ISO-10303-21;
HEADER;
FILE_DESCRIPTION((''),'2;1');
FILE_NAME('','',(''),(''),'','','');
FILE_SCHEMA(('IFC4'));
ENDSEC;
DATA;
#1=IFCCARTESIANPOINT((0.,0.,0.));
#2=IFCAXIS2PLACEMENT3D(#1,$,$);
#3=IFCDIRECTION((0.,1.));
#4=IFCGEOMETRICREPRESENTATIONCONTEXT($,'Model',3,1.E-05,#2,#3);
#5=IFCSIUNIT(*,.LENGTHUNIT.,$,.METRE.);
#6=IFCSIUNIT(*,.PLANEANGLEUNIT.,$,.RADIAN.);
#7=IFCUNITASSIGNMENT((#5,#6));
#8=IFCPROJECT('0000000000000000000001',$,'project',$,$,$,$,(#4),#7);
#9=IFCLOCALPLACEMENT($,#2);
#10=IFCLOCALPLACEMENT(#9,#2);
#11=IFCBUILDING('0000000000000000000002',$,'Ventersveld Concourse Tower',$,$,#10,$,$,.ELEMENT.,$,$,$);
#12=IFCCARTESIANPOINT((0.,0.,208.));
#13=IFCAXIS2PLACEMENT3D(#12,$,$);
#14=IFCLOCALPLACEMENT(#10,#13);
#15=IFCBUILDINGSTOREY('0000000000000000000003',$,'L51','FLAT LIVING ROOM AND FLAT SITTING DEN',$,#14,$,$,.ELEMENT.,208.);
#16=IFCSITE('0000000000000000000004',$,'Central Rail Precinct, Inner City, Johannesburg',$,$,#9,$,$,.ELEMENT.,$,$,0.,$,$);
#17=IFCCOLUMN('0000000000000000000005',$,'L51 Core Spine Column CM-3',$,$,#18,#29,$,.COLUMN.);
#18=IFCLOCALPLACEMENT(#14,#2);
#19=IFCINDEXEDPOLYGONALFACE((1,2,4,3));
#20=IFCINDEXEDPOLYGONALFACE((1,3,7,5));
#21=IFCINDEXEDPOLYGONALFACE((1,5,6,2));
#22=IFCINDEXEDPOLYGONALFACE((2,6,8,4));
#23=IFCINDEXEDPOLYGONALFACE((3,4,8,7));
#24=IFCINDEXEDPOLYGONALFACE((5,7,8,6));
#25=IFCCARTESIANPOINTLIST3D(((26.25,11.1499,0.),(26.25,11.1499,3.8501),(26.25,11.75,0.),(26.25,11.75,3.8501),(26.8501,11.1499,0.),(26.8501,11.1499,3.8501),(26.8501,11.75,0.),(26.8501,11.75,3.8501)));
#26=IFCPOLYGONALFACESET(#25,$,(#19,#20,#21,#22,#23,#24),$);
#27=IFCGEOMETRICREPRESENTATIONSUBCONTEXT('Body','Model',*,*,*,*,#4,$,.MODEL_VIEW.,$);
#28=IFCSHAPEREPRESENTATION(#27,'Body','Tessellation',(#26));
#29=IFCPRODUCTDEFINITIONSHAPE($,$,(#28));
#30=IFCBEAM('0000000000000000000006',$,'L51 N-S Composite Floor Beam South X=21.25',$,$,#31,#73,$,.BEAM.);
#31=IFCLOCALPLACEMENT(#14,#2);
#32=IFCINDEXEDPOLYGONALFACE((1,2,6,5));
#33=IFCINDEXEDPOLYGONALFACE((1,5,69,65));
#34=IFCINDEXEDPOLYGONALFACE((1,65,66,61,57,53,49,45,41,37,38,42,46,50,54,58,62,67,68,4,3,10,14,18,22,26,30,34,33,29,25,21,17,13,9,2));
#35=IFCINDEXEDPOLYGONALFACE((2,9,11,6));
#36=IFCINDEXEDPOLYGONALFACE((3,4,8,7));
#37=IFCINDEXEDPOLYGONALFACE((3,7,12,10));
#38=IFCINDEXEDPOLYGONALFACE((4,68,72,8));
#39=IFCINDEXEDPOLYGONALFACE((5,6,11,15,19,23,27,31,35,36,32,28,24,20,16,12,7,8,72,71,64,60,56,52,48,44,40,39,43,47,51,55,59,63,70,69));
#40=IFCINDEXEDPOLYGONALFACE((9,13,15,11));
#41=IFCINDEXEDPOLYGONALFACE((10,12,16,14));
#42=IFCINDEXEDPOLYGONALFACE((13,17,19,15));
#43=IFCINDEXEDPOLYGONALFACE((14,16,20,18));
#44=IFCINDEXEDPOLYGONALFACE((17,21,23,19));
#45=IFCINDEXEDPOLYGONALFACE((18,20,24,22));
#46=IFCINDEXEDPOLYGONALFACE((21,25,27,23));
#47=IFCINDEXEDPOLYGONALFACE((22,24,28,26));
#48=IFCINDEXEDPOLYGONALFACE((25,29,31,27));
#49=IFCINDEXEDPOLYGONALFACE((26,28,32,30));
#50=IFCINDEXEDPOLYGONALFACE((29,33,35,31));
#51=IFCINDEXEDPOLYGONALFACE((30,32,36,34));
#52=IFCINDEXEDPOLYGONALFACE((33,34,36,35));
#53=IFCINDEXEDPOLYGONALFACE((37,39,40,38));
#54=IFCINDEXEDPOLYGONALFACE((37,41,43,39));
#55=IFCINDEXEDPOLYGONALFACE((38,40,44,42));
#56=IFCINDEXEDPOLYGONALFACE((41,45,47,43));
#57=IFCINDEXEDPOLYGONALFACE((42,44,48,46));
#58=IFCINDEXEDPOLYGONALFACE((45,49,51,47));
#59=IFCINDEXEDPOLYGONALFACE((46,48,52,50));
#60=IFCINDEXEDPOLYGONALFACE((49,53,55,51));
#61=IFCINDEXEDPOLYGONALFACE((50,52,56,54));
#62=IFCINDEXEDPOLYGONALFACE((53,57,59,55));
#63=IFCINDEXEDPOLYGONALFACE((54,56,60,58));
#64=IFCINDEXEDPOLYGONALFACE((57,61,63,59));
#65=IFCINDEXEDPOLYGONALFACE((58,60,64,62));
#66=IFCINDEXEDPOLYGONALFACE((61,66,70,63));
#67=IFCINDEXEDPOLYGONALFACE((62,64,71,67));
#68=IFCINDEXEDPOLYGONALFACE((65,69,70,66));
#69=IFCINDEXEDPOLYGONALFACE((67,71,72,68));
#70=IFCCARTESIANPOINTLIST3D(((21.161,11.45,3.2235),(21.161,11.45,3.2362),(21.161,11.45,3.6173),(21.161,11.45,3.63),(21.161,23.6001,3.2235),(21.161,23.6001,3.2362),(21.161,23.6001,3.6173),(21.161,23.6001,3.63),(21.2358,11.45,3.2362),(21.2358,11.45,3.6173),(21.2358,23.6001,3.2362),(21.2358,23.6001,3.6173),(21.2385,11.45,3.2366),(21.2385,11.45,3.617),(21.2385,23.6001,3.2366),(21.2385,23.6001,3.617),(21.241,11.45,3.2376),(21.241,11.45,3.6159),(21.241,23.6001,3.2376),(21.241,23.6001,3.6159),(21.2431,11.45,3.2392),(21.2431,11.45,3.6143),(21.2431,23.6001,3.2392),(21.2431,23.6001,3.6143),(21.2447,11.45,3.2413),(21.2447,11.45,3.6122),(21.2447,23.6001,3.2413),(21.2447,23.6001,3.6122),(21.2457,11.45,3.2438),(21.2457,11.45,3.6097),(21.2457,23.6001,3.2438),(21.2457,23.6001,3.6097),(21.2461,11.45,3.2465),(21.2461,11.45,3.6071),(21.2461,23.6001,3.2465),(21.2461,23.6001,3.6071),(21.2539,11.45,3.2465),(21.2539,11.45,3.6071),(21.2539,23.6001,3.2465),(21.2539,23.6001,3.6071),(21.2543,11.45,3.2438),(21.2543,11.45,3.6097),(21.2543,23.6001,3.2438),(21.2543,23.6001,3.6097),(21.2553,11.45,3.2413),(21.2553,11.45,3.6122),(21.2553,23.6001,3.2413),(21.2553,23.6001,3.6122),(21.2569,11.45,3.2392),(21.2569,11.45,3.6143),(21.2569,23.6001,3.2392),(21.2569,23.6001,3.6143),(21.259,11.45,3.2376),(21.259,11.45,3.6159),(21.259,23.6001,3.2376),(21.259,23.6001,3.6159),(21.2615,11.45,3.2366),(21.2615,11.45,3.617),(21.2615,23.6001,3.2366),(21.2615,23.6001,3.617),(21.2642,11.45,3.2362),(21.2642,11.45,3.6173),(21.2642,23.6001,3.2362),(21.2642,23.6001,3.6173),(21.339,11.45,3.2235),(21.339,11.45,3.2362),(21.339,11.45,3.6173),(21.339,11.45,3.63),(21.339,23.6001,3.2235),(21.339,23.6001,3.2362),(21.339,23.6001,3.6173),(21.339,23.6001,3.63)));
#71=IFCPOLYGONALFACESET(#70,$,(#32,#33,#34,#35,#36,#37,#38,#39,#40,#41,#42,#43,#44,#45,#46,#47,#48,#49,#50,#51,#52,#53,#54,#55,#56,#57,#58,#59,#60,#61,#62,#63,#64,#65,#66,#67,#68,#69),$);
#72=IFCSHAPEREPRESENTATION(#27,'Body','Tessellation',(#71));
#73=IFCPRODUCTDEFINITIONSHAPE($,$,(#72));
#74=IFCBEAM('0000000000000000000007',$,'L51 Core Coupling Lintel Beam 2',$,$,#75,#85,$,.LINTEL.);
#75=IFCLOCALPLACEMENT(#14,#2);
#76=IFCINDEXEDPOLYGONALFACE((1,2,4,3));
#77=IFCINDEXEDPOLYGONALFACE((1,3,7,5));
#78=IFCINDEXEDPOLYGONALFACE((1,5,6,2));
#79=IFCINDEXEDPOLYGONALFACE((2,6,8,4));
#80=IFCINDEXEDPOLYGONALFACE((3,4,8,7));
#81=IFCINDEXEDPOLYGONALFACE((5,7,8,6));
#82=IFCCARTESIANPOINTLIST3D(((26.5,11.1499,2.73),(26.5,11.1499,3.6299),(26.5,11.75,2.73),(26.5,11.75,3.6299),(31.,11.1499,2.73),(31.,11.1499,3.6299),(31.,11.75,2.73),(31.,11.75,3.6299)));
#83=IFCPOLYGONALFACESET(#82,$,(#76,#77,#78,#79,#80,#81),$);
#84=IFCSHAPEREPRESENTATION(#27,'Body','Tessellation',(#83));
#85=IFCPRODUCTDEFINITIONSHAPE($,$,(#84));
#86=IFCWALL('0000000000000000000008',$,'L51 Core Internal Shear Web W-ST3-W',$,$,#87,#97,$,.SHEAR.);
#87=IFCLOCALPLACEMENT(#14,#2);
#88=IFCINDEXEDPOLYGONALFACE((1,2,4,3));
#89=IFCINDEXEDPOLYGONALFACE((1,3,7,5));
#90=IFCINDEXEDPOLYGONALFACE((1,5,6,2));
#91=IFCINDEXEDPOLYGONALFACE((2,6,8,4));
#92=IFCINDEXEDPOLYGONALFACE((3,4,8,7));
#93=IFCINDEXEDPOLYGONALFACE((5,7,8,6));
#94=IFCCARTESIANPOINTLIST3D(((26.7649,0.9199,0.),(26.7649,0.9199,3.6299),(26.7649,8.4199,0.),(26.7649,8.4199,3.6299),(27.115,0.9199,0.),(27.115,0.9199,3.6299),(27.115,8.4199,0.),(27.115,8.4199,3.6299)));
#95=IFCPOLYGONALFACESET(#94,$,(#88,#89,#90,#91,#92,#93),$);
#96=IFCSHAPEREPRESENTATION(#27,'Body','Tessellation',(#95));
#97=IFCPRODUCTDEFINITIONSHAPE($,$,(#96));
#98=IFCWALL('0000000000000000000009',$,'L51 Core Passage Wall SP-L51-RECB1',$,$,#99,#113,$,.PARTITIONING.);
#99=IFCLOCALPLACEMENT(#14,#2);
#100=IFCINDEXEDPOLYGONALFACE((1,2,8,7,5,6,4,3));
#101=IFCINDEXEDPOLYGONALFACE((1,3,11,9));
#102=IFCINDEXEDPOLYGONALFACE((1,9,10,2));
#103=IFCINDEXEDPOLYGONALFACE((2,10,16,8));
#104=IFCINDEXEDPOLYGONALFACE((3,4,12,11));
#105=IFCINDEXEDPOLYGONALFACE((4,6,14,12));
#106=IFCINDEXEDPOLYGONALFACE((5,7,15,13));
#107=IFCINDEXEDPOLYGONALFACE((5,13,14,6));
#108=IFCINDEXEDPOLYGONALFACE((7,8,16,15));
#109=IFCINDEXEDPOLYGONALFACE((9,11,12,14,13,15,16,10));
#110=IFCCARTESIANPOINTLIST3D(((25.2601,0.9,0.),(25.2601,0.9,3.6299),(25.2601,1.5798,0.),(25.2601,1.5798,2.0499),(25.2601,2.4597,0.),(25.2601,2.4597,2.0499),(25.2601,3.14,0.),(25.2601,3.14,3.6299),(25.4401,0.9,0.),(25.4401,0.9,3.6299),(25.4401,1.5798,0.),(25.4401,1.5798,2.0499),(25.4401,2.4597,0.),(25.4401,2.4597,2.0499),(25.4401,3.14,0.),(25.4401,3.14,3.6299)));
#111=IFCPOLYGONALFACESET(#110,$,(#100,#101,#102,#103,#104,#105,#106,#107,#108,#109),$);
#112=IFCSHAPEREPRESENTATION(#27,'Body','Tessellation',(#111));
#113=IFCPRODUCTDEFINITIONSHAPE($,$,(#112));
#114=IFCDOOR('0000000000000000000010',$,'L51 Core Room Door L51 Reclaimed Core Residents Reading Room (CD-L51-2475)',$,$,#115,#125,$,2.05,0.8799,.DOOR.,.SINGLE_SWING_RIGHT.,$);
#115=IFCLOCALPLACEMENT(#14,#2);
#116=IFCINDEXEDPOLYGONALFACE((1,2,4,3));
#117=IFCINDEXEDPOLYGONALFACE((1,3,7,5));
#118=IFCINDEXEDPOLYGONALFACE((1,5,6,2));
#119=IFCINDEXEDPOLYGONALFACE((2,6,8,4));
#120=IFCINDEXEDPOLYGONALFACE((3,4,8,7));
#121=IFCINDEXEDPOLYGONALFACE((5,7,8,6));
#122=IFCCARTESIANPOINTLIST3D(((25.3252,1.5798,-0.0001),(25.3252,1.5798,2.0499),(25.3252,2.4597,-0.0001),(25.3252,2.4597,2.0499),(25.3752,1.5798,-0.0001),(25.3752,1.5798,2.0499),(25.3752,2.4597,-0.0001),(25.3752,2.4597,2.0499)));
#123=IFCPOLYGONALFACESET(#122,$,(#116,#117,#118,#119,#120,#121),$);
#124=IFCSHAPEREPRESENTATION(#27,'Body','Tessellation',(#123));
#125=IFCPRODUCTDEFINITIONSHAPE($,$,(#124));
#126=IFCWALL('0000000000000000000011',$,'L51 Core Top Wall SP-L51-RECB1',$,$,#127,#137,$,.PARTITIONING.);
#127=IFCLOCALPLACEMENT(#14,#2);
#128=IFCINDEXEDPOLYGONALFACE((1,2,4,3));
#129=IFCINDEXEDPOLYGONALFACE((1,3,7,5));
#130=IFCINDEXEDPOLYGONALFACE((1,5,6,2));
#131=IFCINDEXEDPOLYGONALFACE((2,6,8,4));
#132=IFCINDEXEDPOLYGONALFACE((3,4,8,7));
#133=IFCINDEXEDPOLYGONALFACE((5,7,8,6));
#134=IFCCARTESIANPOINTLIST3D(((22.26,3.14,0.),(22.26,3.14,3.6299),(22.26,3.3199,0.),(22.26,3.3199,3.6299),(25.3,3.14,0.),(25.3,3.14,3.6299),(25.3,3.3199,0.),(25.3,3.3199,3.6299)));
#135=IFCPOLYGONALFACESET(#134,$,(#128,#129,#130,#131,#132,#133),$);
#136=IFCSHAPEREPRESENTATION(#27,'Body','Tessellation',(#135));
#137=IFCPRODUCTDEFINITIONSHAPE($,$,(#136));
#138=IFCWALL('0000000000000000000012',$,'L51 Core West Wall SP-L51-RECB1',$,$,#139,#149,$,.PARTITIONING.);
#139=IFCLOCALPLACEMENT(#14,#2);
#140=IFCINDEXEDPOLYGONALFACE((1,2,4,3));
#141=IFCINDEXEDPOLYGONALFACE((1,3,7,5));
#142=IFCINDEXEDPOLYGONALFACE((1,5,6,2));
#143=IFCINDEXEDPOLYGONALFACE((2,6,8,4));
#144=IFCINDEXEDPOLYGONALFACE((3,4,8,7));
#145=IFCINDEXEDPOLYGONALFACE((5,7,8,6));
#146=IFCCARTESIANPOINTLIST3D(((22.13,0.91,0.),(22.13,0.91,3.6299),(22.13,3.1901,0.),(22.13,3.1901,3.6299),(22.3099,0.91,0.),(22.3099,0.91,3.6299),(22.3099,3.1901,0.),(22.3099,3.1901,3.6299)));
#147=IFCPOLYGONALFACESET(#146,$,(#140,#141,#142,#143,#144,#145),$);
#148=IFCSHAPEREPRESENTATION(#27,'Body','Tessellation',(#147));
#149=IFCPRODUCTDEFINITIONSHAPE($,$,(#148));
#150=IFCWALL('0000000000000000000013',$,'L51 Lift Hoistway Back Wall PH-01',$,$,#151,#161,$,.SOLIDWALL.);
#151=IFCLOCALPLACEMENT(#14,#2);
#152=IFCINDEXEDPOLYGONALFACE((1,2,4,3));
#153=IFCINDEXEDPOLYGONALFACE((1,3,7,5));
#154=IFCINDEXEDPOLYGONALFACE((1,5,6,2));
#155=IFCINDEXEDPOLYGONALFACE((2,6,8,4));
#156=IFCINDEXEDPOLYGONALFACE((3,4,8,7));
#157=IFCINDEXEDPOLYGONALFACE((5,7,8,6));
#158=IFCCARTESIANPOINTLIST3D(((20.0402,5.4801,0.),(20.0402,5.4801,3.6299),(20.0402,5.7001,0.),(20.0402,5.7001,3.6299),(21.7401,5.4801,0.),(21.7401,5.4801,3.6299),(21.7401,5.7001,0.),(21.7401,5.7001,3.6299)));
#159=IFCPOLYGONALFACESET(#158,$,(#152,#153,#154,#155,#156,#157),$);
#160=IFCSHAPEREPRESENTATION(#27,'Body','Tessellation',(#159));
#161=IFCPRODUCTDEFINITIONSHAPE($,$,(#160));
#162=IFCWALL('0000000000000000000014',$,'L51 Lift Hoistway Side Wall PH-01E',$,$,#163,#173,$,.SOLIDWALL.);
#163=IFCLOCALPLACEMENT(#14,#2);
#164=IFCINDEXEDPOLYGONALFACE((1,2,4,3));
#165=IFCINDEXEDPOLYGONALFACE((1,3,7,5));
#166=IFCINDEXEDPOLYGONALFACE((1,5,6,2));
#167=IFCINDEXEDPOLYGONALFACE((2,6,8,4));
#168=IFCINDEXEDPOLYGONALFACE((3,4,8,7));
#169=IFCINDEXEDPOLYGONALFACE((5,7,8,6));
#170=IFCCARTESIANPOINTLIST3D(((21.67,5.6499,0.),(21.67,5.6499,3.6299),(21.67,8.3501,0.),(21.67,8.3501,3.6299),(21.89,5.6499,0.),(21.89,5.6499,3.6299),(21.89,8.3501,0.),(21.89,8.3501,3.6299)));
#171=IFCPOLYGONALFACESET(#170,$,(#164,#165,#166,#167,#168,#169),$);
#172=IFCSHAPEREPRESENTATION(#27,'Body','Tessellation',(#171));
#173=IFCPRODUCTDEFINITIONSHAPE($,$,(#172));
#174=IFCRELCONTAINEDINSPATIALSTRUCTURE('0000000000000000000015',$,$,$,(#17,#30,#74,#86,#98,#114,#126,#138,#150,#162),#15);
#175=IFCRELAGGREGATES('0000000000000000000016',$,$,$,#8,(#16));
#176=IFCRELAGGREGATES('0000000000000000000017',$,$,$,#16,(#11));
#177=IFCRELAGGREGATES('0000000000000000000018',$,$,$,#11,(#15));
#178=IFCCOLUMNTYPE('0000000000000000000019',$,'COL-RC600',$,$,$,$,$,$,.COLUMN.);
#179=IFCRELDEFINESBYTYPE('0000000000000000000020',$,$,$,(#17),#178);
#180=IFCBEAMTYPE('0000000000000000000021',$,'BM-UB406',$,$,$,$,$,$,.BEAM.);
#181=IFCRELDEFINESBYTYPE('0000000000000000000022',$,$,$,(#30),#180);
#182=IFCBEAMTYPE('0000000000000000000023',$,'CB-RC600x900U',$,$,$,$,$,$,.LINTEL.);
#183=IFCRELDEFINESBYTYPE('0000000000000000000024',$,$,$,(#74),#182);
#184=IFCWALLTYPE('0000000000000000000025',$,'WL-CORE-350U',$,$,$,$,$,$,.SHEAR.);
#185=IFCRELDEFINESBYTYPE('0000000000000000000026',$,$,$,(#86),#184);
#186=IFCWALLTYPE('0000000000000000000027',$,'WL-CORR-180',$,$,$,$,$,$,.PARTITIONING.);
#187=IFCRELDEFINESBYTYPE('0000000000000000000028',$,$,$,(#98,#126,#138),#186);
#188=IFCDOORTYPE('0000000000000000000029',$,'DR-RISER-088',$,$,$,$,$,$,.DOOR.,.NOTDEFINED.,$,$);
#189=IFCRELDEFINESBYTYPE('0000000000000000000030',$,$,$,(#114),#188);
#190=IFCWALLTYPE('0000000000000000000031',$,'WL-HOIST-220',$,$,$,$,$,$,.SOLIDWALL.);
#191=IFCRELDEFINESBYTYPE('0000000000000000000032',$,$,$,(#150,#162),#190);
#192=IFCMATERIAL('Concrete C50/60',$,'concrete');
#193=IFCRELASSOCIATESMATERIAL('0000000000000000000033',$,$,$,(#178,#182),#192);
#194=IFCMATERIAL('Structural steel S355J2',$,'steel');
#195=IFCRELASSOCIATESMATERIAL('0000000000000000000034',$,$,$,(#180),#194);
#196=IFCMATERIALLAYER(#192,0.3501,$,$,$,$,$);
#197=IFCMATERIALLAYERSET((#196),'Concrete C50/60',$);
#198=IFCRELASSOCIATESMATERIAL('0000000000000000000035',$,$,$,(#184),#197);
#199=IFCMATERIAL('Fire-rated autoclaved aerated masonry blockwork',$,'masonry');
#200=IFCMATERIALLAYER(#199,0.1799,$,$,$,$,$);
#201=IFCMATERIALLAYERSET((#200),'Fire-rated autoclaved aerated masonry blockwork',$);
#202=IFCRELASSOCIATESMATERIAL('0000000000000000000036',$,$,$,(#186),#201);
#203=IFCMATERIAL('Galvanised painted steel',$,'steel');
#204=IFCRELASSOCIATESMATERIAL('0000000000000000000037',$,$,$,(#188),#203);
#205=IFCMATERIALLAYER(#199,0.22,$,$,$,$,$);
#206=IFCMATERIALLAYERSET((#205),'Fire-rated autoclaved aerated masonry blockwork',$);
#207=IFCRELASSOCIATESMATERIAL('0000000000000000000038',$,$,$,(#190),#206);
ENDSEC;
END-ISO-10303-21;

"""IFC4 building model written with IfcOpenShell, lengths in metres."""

from ifc_helpers import new_model, si_unit, direction, frame, frame_2d, origin, origin_2d, place, context, subcontext, project, spatial, rectangle, i_section, extrude, material, layer, layer_set, material_profile, profile_set, type_object, element, fill, save


model = new_model("IFC4")

# Units and contexts
model_context = context("Model", 3, precision=1e-05, world=origin(), true_north=direction((0.0, 1.0)))
body_context = subcontext(model_context, "Body", "Model", "MODEL_VIEW")
ifc_project = project(units=[si_unit("LENGTHUNIT", "METRE"), si_unit("PLANEANGLEUNIT", "RADIAN")], contexts=[model_context])

# Site, building, storey
site_placement = place(None, origin())
site = spatial("IfcSite", under=ifc_project, at=site_placement, Name="Central Rail Precinct, Inner City, Johannesburg", CompositionType="ELEMENT", RefElevation=0.0)
building_placement = place(site_placement, origin())
building = spatial("IfcBuilding", under=site, at=building_placement, Name="Ventersveld Concourse Tower", CompositionType="ELEMENT")
storey_placement = place(building_placement, frame((0.0, 0.0, 208.0)))
storey = spatial("IfcBuildingStorey", under=building, at=storey_placement, Name="L51", Description="FLAT LIVING ROOM AND FLAT SITTING DEN", CompositionType="ELEMENT", Elevation=208.0)

# Column
ifc_material_1 = material(Name="Concrete C50/60", Category="concrete")
ifc_material_profile_1 = material_profile(ifc_material_1, rectangle(XDim=0.6001, YDim=0.6001, at=origin_2d()), Name="RC 600x600")
ifc_profile_set_1 = profile_set([ifc_material_profile_1], Name="Concrete C50/60")
column_type = type_object("IfcColumnType", Name="COL-RC600", PredefinedType="COLUMN", material=ifc_profile_set_1)
column_placement = place(storey_placement, frame((26.55, 11.45, 0.0), z_axis=(0.0, 0.0, 1.0), x_axis=(1.0, 0.0, 0.0)))
element("IfcColumn", 1, at=column_placement, inside=storey, type_object=column_type, Name="L51 Core Spine Column CM-3", PredefinedType="COLUMN", context=body_context, shape_type="SweptSolid", body=[
    extrude(rectangle(XDim=0.6001, YDim=0.6001, at=origin_2d()), origin(), (0.0, 0.0, 1.0), 3.8501),
])

# Beams
ifc_material_2 = material(Name="Structural steel S355J2", Category="steel")
ifc_material_profile_2 = material_profile(ifc_material_2, i_section(OverallWidth=0.178, OverallDepth=0.4065, WebThickness=0.0078, FlangeThickness=0.0127, FilletRadius=0.0103, at=origin_2d()), Name="UB 406x178x60")
ifc_profile_set_2 = profile_set([ifc_material_profile_2], Name="Structural steel S355J2")
beam_type_1 = type_object("IfcBeamType", Name="BM-UB406", PredefinedType="BEAM", material=ifc_profile_set_2)
beam_1_placement = place(storey_placement, frame((21.25, 11.45, 3.4268), z_axis=(0.0, 1.0, 0.0), x_axis=(-1.0, 0.0, 0.0)))
element("IfcBeam", 2, at=beam_1_placement, inside=storey, type_object=beam_type_1, Name="L51 N-S Composite Floor Beam South X=21.25", PredefinedType="BEAM", context=body_context, shape_type="SweptSolid", body=[
    extrude(i_section(OverallWidth=0.178, OverallDepth=0.4065, WebThickness=0.0078, FlangeThickness=0.0127, FilletRadius=0.0103, at=origin_2d()), origin(), (0.0, 0.0, 1.0), 12.1501),
])
ifc_material_profile_3 = material_profile(ifc_material_1, rectangle(XDim=0.6001, YDim=0.8999, at=origin_2d()), Name="RC 600x900")
ifc_profile_set_3 = profile_set([ifc_material_profile_3], Name="Concrete C50/60")
beam_type_2 = type_object("IfcBeamType", Name="CB-RC600x900U", PredefinedType="LINTEL", material=ifc_profile_set_3)
beam_2_placement = place(storey_placement, frame((26.5, 11.45, 3.1799), z_axis=(1.0, 0.0, 0.0), x_axis=(0.0, 1.0, 0.0)))
element("IfcBeam", 3, at=beam_2_placement, inside=storey, type_object=beam_type_2, Name="L51 Core Coupling Lintel Beam 2", PredefinedType="LINTEL", context=body_context, shape_type="SweptSolid", body=[
    extrude(rectangle(XDim=0.6001, YDim=0.8999, at=origin_2d()), origin(), (0.0, 0.0, 1.0), 4.5),
])

# Wall
ifc_layer_1 = layer(ifc_material_1, 0.3501)
ifc_layer_set_1 = layer_set([ifc_layer_1], Name="Concrete C50/60")
wall_type_1 = type_object("IfcWallType", Name="WL-CORE-350U", PredefinedType="SHEAR", material=ifc_layer_set_1)
wall_1_placement = place(storey_placement, frame((26.9399, 0.9199, 0.0), z_axis=(0.0, 0.0, 1.0), x_axis=(0.0, 1.0, 0.0)))
element("IfcWall", 4, at=wall_1_placement, inside=storey, type_object=wall_type_1, Name="L51 Core Internal Shear Web W-ST3-W", PredefinedType="SHEAR", context=body_context, shape_type="SweptSolid", body=[
    extrude(rectangle(XDim=7.5, YDim=0.3501, at=frame_2d((3.75, 0.0))), origin(), (0.0, 0.0, 1.0), 3.6299),
])

# Wall, opening, door
ifc_material_3 = material(Name="Fire-rated autoclaved aerated masonry blockwork", Category="masonry")
ifc_layer_2 = layer(ifc_material_3, 0.1799)
ifc_layer_set_2 = layer_set([ifc_layer_2], Name="Fire-rated autoclaved aerated masonry blockwork")
wall_type_2 = type_object("IfcWallType", Name="WL-CORR-180", PredefinedType="PARTITIONING", material=ifc_layer_set_2)
wall_2_placement = place(storey_placement, frame((25.3501, 0.8999, 0.0), z_axis=(0.0, 0.0, 1.0), x_axis=(0.0, 1.0, 0.0)))
wall_2 = element("IfcWall", 5, at=wall_2_placement, inside=storey, type_object=wall_type_2, Name="L51 Core Passage Wall SP-L51-RECB1", PredefinedType="PARTITIONING", context=body_context, shape_type="SweptSolid", body=[
    extrude(rectangle(XDim=2.24, YDim=0.1799, at=frame_2d((1.1201, 0.0))), origin(), (0.0, 0.0, 1.0), 3.6299),
])
opening_1_placement = place(wall_2_placement, frame((0.6799, 0.0, 0.0)))
opening_1 = element("IfcOpeningElement", 6, at=opening_1_placement, cuts=wall_2, PredefinedType="OPENING", context=body_context, shape_type="SweptSolid", body=[
    extrude(rectangle(XDim=0.8799, YDim=2.05, at=frame_2d((0.4399, 1.0249))), frame((0.0, 0.1001, 0.0), z_axis=(0.0, -1.0, 0.0), x_axis=(1.0, 0.0, 0.0)), (0.0, 0.0, 1.0), 0.2),
])
ifc_material_4 = material(Name="Galvanised painted steel", Category="steel")
door_type_1 = type_object("IfcDoorType", Name="DR-RISER-088", OperationType="NOTDEFINED", PredefinedType="DOOR", material=ifc_material_4)
door_1_placement = place(opening_1_placement, origin())
door_1 = element("IfcDoor", 7, at=door_1_placement, inside=storey, type_object=door_type_1, Name="L51 Core Room Door L51 Reclaimed Core Residents Reading Room (CD-L51-2475)", OperationType="SINGLE_SWING_RIGHT", OverallHeight=2.05, OverallWidth=0.8799, PredefinedType="DOOR", context=body_context, shape_type="SweptSolid", body=[
    extrude(rectangle(XDim=0.8799, YDim=2.05, at=frame_2d((0.4399, 1.0249))), frame((0.0, 0.0249, 0.0), z_axis=(0.0, -1.0, 0.0), x_axis=(1.0, 0.0, 0.0)), (0.0, 0.0, 1.0), 0.05),
])
fill(opening_1, door_1)

# Walls
wall_3_placement = place(storey_placement, frame((22.26, 3.23, 0.0), z_axis=(0.0, 0.0, 1.0), x_axis=(1.0, 0.0, 0.0)))
element("IfcWall", 8, at=wall_3_placement, inside=storey, type_object=wall_type_2, Name="L51 Core Top Wall SP-L51-RECB1", PredefinedType="PARTITIONING", context=body_context, shape_type="SweptSolid", body=[
    extrude(rectangle(XDim=3.04, YDim=0.1799, at=frame_2d((1.52, 0.0))), origin(), (0.0, 0.0, 1.0), 3.6299),
])
wall_4_placement = place(storey_placement, frame((22.22, 0.9099, 0.0), z_axis=(0.0, 0.0, 1.0), x_axis=(0.0, 1.0, 0.0)))
element("IfcWall", 9, at=wall_4_placement, inside=storey, type_object=wall_type_2, Name="L51 Core West Wall SP-L51-RECB1", PredefinedType="PARTITIONING", context=body_context, shape_type="SweptSolid", body=[
    extrude(rectangle(XDim=2.28, YDim=0.1799, at=frame_2d((1.1401, 0.0))), origin(), (0.0, 0.0, 1.0), 3.6299),
])
ifc_layer_3 = layer(ifc_material_3, 0.22)
ifc_layer_set_3 = layer_set([ifc_layer_3], Name="Fire-rated autoclaved aerated masonry blockwork")
wall_type_3 = type_object("IfcWallType", Name="WL-HOIST-220", PredefinedType="SOLIDWALL", material=ifc_layer_set_3)
wall_5_placement = place(storey_placement, frame((20.04, 5.5901, 0.0), z_axis=(0.0, 0.0, 1.0), x_axis=(1.0, 0.0, 0.0)))
element("IfcWall", 10, at=wall_5_placement, inside=storey, type_object=wall_type_3, Name="L51 Lift Hoistway Back Wall PH-01", PredefinedType="SOLIDWALL", context=body_context, shape_type="SweptSolid", body=[
    extrude(rectangle(XDim=1.7, YDim=0.22, at=frame_2d((0.8501, 0.0))), origin(), (0.0, 0.0, 1.0), 3.6299),
])
wall_6_placement = place(storey_placement, frame((21.78, 5.6499, 0.0), z_axis=(0.0, 0.0, 1.0), x_axis=(0.0, 1.0, 0.0)))
element("IfcWall", 11, at=wall_6_placement, inside=storey, type_object=wall_type_3, Name="L51 Lift Hoistway Side Wall PH-01E", PredefinedType="SOLIDWALL", context=body_context, shape_type="SweptSolid", body=[
    extrude(rectangle(XDim=2.7002, YDim=0.22, at=frame_2d((1.3501, 0.0))), origin(), (0.0, 0.0, 1.0), 3.6299),
])

save(model, "model.ifc")
